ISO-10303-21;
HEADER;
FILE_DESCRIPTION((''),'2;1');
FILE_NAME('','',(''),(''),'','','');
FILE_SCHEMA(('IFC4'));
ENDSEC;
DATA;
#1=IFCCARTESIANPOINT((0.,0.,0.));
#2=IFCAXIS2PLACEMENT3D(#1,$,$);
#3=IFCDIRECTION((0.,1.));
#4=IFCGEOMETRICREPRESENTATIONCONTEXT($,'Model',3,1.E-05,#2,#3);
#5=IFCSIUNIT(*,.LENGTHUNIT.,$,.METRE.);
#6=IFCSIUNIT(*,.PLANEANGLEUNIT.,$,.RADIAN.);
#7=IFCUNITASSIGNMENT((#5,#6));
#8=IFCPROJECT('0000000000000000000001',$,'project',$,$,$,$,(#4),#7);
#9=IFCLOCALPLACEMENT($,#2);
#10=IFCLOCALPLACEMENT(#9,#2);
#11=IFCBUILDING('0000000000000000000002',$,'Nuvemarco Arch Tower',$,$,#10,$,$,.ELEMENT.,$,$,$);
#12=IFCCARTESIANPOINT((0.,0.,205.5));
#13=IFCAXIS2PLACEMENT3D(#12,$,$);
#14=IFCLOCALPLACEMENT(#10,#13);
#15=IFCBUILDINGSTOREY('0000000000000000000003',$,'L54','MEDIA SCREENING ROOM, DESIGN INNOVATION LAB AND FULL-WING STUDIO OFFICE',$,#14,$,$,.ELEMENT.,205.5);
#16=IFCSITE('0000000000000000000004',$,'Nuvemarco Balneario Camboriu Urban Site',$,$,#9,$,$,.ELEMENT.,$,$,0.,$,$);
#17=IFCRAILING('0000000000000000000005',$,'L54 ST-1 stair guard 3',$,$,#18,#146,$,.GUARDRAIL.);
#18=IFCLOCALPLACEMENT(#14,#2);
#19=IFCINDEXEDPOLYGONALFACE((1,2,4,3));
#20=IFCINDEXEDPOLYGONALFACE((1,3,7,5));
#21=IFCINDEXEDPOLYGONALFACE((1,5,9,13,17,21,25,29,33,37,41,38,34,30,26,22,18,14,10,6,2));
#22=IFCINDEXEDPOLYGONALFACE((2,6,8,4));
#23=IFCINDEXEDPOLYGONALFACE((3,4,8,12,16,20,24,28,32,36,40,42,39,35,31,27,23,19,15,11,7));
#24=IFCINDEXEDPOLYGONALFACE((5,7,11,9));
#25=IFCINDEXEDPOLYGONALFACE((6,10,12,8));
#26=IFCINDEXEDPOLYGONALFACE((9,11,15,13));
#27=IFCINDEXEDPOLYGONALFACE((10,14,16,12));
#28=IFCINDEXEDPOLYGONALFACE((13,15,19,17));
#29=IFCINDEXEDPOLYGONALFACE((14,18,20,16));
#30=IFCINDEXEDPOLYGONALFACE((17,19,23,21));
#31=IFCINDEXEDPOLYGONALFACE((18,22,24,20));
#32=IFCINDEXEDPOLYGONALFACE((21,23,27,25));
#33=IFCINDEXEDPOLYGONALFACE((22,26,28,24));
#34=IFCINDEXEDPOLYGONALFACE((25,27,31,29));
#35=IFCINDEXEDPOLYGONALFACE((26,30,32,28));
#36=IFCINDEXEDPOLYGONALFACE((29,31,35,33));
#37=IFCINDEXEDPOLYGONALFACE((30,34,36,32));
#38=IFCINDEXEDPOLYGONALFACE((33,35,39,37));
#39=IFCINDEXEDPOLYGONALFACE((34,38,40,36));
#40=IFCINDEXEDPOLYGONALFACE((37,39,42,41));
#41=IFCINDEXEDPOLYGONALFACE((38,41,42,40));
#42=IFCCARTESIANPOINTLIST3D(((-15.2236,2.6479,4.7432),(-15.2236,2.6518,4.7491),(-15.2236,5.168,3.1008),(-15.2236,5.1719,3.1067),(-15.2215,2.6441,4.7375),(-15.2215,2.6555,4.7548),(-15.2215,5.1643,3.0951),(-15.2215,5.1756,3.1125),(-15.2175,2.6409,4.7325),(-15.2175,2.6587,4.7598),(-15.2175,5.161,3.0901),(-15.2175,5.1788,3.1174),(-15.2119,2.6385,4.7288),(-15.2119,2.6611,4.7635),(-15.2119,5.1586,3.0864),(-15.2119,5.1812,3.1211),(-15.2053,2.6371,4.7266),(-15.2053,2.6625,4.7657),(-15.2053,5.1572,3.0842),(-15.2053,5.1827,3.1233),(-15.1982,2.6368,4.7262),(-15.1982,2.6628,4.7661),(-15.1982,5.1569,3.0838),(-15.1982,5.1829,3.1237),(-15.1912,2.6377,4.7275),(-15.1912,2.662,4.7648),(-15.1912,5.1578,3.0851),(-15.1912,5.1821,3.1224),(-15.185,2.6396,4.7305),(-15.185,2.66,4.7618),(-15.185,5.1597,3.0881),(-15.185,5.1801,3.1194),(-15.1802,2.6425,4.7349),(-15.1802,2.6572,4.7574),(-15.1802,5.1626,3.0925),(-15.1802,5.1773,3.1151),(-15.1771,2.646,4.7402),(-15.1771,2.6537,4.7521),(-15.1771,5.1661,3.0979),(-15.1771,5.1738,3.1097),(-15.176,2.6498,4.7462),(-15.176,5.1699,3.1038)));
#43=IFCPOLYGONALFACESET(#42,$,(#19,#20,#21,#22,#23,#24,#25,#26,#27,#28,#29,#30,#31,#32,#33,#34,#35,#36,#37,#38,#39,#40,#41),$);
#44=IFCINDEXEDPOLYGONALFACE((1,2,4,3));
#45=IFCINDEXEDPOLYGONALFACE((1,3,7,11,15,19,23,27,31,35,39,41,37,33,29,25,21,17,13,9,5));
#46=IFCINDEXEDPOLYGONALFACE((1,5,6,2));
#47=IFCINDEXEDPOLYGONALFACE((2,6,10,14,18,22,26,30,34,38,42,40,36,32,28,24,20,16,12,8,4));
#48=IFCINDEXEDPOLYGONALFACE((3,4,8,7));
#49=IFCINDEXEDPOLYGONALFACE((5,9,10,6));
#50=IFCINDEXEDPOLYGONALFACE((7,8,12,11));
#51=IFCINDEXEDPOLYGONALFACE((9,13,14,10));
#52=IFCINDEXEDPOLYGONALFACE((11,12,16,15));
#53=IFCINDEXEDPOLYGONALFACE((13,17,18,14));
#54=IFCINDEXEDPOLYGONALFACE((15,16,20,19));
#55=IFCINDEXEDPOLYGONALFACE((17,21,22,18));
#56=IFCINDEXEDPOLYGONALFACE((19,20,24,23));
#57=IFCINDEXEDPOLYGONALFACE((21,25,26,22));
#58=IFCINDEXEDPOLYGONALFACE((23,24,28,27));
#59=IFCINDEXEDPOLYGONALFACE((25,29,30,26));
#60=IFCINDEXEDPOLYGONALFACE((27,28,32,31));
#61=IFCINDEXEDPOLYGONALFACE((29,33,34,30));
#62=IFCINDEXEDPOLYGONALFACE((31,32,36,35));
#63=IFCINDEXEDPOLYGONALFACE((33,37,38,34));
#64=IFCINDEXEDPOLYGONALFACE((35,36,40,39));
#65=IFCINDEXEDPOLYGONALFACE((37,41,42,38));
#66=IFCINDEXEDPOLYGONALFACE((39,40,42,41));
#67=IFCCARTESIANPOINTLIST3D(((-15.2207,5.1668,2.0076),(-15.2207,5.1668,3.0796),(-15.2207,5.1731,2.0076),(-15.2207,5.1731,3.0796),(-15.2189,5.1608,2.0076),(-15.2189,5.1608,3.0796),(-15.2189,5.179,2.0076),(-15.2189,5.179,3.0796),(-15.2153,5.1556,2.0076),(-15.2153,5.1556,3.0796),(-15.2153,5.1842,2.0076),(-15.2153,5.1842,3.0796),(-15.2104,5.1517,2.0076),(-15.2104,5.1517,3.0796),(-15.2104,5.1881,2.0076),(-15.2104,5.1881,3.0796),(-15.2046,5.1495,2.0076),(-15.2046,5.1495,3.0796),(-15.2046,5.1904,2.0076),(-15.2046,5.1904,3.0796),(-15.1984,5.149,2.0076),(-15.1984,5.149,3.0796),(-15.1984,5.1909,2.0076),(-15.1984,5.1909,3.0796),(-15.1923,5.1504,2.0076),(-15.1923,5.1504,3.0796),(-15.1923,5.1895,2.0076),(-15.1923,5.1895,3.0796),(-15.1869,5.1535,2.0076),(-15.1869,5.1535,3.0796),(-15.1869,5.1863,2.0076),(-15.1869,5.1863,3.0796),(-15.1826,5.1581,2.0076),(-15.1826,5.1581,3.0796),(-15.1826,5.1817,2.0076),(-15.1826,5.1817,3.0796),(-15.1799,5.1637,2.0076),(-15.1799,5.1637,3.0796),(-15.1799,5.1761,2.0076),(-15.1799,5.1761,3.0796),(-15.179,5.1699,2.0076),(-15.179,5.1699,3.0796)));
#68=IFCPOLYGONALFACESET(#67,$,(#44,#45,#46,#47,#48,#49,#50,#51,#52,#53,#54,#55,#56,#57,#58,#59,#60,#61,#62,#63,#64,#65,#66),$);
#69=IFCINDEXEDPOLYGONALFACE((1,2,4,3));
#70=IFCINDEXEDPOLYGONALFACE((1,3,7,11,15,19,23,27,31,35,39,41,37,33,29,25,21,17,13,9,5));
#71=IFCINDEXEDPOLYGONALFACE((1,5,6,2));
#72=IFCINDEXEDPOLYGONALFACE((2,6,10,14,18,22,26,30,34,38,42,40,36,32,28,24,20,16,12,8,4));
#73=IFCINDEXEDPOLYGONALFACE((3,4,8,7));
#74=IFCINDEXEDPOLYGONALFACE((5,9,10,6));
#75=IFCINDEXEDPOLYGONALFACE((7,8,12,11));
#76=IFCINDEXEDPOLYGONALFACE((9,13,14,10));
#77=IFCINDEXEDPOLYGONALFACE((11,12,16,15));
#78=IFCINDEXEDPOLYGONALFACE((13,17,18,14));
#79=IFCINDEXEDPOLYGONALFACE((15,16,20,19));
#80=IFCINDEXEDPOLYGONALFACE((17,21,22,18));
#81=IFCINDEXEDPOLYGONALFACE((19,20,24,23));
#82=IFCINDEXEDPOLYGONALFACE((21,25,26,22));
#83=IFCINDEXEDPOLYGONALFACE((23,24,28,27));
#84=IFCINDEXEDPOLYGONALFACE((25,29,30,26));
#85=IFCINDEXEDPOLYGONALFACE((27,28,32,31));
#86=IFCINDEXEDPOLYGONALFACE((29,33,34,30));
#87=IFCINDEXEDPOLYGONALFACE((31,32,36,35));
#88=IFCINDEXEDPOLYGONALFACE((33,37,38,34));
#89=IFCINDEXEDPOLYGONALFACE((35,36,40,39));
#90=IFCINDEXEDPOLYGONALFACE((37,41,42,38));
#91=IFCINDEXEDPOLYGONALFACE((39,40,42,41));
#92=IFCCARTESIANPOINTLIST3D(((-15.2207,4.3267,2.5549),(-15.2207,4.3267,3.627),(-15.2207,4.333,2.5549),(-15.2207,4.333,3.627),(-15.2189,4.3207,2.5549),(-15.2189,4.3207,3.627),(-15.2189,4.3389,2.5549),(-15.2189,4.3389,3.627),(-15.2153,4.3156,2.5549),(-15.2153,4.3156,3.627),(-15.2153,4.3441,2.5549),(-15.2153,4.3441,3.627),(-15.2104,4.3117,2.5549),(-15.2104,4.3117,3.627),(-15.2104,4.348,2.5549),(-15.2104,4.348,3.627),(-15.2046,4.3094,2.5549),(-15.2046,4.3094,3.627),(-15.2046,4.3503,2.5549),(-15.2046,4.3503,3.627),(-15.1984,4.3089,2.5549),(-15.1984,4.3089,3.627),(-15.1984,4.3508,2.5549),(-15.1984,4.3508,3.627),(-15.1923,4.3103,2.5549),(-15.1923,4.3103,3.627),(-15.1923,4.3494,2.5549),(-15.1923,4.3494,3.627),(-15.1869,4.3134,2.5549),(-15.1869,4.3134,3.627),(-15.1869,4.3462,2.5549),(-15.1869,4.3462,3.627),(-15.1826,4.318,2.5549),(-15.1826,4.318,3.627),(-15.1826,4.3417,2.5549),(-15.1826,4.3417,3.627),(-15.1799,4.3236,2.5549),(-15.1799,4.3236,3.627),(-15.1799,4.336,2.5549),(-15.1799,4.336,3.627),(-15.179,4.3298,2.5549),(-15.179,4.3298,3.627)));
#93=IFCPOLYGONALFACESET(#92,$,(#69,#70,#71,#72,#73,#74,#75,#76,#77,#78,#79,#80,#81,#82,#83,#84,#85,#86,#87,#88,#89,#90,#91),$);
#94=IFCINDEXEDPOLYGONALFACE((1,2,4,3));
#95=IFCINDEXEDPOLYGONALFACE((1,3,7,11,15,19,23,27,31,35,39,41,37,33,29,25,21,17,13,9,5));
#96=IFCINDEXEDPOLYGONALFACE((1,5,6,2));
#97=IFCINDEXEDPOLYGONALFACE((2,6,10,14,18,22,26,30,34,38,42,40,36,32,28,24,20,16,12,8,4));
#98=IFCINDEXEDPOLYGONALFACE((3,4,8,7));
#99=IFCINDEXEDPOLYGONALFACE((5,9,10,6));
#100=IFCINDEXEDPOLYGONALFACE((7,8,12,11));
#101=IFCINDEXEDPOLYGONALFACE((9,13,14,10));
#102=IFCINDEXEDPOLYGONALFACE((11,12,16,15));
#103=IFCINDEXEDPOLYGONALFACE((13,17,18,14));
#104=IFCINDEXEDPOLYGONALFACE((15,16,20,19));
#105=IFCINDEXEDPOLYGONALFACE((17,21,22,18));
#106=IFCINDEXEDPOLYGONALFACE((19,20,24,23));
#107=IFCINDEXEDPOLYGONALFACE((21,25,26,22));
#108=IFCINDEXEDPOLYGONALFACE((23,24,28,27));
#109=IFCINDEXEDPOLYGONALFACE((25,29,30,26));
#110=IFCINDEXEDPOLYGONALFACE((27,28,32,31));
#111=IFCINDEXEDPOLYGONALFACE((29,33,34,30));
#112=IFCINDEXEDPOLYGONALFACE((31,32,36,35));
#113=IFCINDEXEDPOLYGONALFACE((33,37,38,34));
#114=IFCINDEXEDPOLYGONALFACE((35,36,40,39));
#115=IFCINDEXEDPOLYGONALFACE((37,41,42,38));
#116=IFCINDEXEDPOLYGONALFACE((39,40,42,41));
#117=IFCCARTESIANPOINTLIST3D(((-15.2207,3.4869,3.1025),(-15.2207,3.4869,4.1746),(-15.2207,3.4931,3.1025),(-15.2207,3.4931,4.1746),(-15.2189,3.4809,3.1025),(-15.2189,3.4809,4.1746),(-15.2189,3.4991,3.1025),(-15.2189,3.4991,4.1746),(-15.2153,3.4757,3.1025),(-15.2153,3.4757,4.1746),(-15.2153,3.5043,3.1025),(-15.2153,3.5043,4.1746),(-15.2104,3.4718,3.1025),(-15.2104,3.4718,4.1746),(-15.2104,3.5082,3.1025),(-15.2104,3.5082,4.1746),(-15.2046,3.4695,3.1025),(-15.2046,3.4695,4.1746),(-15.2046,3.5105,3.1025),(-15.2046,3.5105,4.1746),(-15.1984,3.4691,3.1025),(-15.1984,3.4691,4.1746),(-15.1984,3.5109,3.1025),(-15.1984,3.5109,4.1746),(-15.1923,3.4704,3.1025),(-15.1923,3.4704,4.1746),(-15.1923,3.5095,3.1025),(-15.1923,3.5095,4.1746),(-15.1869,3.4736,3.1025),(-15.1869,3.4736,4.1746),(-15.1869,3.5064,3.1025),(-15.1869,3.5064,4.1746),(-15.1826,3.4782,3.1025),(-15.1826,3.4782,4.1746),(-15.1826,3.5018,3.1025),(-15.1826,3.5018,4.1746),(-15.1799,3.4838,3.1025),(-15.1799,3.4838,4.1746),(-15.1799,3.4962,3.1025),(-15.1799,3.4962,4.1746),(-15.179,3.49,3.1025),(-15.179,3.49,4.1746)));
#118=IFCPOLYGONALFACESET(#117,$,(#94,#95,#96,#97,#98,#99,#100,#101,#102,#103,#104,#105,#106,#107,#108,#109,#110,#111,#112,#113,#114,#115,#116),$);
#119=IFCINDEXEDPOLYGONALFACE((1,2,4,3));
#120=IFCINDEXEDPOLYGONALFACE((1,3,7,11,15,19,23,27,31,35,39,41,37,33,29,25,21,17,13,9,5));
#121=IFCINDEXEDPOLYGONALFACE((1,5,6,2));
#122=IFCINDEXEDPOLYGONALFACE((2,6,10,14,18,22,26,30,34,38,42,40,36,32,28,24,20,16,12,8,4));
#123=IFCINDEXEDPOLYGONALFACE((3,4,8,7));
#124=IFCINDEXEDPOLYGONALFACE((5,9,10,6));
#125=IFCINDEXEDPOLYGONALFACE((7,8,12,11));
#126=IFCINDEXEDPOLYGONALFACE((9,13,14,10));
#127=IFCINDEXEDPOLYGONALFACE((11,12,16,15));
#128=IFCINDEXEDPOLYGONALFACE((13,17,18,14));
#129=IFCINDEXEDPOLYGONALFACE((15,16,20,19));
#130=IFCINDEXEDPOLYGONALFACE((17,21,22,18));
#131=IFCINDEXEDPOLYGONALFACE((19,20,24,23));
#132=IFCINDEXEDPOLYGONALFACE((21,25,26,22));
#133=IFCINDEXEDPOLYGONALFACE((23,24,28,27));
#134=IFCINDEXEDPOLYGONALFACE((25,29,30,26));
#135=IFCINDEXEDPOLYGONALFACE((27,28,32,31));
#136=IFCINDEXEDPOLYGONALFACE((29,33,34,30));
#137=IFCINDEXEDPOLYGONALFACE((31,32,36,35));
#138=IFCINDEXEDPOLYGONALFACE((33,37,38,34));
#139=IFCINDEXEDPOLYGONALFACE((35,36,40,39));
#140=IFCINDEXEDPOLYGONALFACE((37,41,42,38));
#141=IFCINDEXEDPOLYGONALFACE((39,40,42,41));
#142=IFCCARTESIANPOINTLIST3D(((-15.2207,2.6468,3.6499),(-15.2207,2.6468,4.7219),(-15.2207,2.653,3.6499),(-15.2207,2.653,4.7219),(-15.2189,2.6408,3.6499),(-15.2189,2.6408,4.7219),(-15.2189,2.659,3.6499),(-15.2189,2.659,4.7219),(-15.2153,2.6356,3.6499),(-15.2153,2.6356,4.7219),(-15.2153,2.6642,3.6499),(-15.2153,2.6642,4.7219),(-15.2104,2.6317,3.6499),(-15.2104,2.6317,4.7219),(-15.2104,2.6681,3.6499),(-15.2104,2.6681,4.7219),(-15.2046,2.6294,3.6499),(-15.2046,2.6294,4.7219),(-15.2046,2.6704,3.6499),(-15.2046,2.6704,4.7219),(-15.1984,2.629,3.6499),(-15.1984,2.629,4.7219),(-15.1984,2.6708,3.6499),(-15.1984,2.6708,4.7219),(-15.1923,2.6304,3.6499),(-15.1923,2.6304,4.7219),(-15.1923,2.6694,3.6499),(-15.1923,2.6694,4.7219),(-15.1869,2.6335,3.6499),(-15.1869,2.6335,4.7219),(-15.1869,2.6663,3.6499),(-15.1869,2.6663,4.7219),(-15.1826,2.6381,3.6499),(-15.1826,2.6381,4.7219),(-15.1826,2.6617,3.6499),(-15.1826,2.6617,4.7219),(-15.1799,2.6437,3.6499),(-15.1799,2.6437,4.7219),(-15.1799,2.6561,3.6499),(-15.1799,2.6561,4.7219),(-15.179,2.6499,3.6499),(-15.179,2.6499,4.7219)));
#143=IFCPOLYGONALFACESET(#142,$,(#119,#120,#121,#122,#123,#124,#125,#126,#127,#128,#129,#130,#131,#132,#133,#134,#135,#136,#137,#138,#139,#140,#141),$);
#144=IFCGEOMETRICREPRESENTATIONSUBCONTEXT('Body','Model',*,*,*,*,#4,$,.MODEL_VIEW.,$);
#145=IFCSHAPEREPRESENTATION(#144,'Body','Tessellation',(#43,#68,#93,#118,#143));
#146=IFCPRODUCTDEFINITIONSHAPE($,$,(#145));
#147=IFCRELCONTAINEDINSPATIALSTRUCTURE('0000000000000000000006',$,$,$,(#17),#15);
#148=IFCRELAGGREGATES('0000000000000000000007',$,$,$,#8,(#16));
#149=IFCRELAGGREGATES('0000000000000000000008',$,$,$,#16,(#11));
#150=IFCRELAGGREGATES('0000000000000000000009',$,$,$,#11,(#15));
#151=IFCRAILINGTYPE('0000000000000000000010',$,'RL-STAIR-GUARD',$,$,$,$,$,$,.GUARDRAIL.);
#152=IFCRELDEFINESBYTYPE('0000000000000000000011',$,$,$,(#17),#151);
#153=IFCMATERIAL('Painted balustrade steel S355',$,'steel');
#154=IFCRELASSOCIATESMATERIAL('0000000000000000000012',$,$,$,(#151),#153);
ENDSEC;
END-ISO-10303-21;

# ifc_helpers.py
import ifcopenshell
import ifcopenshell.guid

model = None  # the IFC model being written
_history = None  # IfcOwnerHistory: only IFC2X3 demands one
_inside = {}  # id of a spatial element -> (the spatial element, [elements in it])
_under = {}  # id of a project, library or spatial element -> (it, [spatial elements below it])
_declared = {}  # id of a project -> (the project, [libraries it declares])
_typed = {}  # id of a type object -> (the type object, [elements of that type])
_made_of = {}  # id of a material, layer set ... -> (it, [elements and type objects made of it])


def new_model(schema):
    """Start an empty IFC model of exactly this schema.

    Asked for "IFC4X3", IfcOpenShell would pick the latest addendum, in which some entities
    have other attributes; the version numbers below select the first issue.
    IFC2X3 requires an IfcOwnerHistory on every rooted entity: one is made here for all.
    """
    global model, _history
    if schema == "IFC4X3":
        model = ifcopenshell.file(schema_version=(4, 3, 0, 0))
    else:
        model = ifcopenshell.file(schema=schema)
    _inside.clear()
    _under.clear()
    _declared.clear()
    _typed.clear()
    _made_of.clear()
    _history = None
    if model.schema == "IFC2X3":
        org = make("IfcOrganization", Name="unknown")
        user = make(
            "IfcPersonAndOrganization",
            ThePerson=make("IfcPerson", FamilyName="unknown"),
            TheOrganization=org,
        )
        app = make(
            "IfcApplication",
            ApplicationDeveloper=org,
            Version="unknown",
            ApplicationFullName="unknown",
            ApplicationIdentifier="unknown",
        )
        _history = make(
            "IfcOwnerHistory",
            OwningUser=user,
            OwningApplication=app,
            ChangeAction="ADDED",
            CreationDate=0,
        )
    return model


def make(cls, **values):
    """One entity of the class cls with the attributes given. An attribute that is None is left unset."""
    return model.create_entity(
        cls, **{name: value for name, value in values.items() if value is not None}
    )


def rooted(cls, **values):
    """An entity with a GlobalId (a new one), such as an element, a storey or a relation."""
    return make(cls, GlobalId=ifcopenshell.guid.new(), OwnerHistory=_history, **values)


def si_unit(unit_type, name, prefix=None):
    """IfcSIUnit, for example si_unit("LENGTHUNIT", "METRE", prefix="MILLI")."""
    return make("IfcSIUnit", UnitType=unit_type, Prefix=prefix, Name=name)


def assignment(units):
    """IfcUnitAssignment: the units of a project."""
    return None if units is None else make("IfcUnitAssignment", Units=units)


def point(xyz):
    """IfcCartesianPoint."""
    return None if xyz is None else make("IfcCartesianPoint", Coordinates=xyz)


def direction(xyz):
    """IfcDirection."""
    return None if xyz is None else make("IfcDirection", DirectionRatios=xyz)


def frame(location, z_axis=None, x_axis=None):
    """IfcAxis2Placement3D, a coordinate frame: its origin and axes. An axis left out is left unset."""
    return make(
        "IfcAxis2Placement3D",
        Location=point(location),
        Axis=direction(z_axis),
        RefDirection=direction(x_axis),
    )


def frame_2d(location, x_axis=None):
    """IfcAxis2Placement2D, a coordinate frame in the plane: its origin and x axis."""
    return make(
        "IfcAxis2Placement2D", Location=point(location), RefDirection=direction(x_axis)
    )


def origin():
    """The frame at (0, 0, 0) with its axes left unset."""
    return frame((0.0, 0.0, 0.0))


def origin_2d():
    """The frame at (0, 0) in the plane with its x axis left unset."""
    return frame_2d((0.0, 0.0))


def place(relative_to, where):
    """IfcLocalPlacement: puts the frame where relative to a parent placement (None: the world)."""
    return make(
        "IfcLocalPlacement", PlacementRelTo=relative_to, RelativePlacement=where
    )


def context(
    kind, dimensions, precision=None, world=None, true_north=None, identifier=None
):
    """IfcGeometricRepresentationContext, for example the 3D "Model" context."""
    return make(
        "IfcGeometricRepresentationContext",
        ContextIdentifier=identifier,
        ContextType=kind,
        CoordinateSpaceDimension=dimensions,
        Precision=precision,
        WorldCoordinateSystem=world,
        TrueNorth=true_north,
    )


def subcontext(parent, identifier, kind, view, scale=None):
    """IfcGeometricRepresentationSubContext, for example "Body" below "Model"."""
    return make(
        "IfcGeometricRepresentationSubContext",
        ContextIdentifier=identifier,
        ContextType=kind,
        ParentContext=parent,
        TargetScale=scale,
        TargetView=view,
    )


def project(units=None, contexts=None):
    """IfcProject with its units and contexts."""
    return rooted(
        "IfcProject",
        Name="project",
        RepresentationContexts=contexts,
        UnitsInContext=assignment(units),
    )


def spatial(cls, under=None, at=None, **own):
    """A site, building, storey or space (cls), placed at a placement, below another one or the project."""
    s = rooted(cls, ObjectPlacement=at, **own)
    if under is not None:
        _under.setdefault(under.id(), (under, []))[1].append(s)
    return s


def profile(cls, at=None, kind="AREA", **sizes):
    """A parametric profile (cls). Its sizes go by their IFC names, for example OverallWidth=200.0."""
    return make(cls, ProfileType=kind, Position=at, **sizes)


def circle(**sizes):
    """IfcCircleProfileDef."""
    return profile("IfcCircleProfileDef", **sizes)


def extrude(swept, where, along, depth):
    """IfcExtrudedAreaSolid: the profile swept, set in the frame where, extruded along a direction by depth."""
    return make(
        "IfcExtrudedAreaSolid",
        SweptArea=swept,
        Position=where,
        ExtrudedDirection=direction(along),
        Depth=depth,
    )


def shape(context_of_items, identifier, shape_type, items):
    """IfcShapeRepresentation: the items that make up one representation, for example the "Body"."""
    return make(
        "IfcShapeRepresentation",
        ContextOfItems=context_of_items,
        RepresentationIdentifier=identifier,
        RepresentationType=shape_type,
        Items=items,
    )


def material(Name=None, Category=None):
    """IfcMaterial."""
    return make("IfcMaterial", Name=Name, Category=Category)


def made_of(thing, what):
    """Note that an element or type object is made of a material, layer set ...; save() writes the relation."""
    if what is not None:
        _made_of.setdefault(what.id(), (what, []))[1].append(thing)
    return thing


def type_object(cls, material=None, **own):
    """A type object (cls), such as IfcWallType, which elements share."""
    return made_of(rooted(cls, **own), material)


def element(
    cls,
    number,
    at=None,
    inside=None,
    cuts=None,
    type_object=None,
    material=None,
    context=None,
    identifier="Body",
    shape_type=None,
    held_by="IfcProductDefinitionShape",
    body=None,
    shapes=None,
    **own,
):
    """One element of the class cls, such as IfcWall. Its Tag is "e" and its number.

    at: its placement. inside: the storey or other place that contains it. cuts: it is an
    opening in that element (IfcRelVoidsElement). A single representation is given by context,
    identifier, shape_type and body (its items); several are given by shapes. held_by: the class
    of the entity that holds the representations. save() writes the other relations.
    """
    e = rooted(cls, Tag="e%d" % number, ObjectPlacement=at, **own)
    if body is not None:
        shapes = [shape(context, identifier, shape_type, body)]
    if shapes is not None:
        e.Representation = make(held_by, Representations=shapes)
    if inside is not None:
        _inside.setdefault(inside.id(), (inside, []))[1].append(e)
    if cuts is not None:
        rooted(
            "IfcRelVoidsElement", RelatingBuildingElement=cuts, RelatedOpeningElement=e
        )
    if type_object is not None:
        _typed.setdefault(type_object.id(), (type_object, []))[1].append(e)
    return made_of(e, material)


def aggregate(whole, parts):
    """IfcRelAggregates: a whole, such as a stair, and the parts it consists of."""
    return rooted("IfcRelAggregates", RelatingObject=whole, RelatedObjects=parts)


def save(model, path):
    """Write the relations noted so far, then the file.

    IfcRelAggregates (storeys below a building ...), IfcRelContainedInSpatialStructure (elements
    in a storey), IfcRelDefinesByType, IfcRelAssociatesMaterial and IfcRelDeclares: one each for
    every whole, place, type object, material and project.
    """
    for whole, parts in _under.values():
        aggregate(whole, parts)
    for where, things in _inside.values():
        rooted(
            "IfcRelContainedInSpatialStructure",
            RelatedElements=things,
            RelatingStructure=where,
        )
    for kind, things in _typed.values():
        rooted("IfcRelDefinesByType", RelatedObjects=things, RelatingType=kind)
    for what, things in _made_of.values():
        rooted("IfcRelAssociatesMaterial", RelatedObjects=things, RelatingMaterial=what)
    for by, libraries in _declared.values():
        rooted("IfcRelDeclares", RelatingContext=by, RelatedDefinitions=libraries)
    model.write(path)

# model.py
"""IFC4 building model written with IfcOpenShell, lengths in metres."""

from ifc_helpers import new_model, si_unit, direction, frame, origin, origin_2d, place, context, subcontext, project, spatial, circle, extrude, material, type_object, element, save


model = new_model("IFC4")

# Units and contexts
model_context = context("Model", 3, precision=1e-05, world=origin(), true_north=direction((0.0, 1.0)))
body_context = subcontext(model_context, "Body", "Model", "MODEL_VIEW")
ifc_project = project(units=[si_unit("LENGTHUNIT", "METRE"), si_unit("PLANEANGLEUNIT", "RADIAN")], contexts=[model_context])

# Site, building, storey
site_placement = place(None, origin())
site = spatial("IfcSite", under=ifc_project, at=site_placement, Name="Nuvemarco Balneario Camboriu Urban Site", CompositionType="ELEMENT", RefElevation=0.0)
building_placement = place(site_placement, origin())
building = spatial("IfcBuilding", under=site, at=building_placement, Name="Nuvemarco Arch Tower", CompositionType="ELEMENT")
storey_placement = place(building_placement, frame((0.0, 0.0, 205.5)))
storey = spatial("IfcBuildingStorey", under=building, at=storey_placement, Name="L54", Description="MEDIA SCREENING ROOM, DESIGN INNOVATION LAB AND FULL-WING STUDIO OFFICE", CompositionType="ELEMENT", Elevation=205.5)

# Railing
ifc_material_1 = material(Name="Painted balustrade steel S355", Category="steel")
railing_type_1 = type_object("IfcRailingType", Name="RL-STAIR-GUARD", PredefinedType="GUARDRAIL", material=ifc_material_1)
railing_1_placement = place(storey_placement, frame((-15.2, 5.1699, 2.0076)))
element("IfcRailing", 1, at=railing_1_placement, inside=storey, type_object=railing_type_1, Name="L54 ST-1 stair guard 3", PredefinedType="GUARDRAIL", context=body_context, shape_type="SweptSolid", body=[
    extrude(circle(Radius=0.0239, at=origin_2d()), frame((0.0, 0.0, 1.0962), z_axis=(0.0, -0.837787, 0.545998), x_axis=(1.0, 0.0, 0.0)), (0.0, 0.0, 1.0), 3.0081),
    extrude(circle(Radius=0.021, at=origin_2d()), origin(), (0.0, 0.0, 1.0), 1.072),
    extrude(circle(Radius=0.021, at=origin_2d()), frame((0.0, -0.8401, 0.5474)), (0.0, 0.0, 1.0), 1.072),
    extrude(circle(Radius=0.021, at=origin_2d()), frame((0.0, -1.6799, 1.095)), (0.0, 0.0, 1.0), 1.072),
    extrude(circle(Radius=0.021, at=origin_2d()), frame((0.0, -2.52, 1.6423)), (0.0, 0.0, 1.0), 1.072),
])

save(model, "model.ifc")
